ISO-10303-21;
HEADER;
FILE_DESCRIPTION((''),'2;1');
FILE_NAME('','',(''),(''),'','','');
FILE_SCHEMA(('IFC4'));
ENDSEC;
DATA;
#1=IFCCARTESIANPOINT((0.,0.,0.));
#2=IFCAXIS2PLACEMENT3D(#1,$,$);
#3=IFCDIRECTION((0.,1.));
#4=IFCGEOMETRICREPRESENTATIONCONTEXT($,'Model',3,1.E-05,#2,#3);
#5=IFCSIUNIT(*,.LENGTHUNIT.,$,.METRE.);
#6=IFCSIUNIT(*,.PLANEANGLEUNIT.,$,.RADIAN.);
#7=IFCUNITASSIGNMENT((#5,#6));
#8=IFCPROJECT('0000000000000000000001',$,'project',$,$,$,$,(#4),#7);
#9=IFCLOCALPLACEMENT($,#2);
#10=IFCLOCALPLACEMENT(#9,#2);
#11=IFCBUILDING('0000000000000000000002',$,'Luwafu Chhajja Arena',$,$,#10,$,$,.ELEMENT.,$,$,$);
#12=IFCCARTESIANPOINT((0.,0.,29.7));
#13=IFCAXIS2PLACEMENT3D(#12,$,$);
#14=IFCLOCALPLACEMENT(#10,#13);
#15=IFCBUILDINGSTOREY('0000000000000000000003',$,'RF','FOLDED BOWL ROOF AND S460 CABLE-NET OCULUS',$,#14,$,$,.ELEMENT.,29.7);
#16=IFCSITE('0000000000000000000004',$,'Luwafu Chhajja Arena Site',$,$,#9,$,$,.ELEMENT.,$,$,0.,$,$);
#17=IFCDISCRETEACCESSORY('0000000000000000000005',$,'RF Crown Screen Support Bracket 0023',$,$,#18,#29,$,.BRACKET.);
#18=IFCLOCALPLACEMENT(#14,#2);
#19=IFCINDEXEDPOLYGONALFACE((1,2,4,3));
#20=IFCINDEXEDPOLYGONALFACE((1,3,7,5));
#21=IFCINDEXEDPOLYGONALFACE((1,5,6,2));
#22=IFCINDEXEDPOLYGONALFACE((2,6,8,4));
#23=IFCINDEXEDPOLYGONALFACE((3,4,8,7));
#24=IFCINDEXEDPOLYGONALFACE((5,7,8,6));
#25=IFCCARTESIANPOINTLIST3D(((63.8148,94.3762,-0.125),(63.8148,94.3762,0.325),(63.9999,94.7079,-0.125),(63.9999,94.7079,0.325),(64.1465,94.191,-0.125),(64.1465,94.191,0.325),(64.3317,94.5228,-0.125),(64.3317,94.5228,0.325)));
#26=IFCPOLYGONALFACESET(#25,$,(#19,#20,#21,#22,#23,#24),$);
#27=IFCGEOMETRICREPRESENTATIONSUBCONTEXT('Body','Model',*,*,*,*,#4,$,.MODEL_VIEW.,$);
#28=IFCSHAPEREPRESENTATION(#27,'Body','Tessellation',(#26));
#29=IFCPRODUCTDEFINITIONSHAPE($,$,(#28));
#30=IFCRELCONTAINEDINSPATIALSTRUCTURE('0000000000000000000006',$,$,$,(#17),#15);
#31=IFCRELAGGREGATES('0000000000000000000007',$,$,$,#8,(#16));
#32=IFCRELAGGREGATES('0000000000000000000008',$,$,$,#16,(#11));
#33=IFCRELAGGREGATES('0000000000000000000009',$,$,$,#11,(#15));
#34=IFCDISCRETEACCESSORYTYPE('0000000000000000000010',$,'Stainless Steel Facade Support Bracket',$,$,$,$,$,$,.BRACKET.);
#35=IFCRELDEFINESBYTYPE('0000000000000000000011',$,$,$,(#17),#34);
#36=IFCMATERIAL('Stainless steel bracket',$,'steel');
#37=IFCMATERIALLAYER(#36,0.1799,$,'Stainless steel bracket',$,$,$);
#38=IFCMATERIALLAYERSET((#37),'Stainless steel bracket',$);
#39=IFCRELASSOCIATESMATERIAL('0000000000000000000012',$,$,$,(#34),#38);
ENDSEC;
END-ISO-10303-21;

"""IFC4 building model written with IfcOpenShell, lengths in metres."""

from ifc_helpers import new_model, si_unit, direction, frame, origin, origin_2d, place, context, subcontext, project, spatial, rectangle, extrude, material, layer, layer_set, type_object, element, save


model = new_model("IFC4")

# Units and contexts
model_context = context("Model", 3, precision=1e-05, world=origin(), true_north=direction((0.0, 1.0)))
body_context = subcontext(model_context, "Body", "Model", "MODEL_VIEW")
ifc_project = project(units=[si_unit("LENGTHUNIT", "METRE"), si_unit("PLANEANGLEUNIT", "RADIAN")], contexts=[model_context])

# Site, building, storey
site_placement = place(None, origin())
site = spatial("IfcSite", under=ifc_project, at=site_placement, Name="Luwafu Chhajja Arena Site", CompositionType="ELEMENT", RefElevation=0.0)
building_placement = place(site_placement, origin())
building = spatial("IfcBuilding", under=site, at=building_placement, Name="Luwafu Chhajja Arena", CompositionType="ELEMENT")
storey_placement = place(building_placement, frame((0.0, 0.0, 29.7)))
storey = spatial("IfcBuildingStorey", under=building, at=storey_placement, Name="RF", Description="FOLDED BOWL ROOF AND S460 CABLE-NET OCULUS", CompositionType="ELEMENT", Elevation=29.7)

# Discrete accessory
ifc_material_1 = material(Name="Stainless steel bracket", Category="steel")
ifc_layer_1 = layer(ifc_material_1, 0.1799, Name="Stainless steel bracket")
ifc_layer_set_1 = layer_set([ifc_layer_1], Name="Stainless steel bracket")
discrete_accessory_type = type_object("IfcDiscreteAccessoryType", Name="Stainless Steel Facade Support Bracket", PredefinedType="BRACKET", material=ifc_layer_set_1)
for number, where, z_axis, x_axis, name in (
    (1, (64.0732, 94.4495, -0.125), (0.0, 0.0, 1.0), (-0.487313, -0.873227, 0.0), "RF Crown Screen Support Bracket 0023"),
):
    element("IfcDiscreteAccessory", number, at=place(storey_placement, frame(where, z_axis=z_axis, x_axis=x_axis)), inside=storey, type_object=discrete_accessory_type, Name=name, PredefinedType="BRACKET", context=body_context, shape_type="SweptSolid", body=[
        extrude(rectangle(XDim=0.3799, YDim=0.3799, at=origin_2d()), origin(), (0.0, 0.0, 1.0), 0.45),
    ])

save(model, "model.ifc")
